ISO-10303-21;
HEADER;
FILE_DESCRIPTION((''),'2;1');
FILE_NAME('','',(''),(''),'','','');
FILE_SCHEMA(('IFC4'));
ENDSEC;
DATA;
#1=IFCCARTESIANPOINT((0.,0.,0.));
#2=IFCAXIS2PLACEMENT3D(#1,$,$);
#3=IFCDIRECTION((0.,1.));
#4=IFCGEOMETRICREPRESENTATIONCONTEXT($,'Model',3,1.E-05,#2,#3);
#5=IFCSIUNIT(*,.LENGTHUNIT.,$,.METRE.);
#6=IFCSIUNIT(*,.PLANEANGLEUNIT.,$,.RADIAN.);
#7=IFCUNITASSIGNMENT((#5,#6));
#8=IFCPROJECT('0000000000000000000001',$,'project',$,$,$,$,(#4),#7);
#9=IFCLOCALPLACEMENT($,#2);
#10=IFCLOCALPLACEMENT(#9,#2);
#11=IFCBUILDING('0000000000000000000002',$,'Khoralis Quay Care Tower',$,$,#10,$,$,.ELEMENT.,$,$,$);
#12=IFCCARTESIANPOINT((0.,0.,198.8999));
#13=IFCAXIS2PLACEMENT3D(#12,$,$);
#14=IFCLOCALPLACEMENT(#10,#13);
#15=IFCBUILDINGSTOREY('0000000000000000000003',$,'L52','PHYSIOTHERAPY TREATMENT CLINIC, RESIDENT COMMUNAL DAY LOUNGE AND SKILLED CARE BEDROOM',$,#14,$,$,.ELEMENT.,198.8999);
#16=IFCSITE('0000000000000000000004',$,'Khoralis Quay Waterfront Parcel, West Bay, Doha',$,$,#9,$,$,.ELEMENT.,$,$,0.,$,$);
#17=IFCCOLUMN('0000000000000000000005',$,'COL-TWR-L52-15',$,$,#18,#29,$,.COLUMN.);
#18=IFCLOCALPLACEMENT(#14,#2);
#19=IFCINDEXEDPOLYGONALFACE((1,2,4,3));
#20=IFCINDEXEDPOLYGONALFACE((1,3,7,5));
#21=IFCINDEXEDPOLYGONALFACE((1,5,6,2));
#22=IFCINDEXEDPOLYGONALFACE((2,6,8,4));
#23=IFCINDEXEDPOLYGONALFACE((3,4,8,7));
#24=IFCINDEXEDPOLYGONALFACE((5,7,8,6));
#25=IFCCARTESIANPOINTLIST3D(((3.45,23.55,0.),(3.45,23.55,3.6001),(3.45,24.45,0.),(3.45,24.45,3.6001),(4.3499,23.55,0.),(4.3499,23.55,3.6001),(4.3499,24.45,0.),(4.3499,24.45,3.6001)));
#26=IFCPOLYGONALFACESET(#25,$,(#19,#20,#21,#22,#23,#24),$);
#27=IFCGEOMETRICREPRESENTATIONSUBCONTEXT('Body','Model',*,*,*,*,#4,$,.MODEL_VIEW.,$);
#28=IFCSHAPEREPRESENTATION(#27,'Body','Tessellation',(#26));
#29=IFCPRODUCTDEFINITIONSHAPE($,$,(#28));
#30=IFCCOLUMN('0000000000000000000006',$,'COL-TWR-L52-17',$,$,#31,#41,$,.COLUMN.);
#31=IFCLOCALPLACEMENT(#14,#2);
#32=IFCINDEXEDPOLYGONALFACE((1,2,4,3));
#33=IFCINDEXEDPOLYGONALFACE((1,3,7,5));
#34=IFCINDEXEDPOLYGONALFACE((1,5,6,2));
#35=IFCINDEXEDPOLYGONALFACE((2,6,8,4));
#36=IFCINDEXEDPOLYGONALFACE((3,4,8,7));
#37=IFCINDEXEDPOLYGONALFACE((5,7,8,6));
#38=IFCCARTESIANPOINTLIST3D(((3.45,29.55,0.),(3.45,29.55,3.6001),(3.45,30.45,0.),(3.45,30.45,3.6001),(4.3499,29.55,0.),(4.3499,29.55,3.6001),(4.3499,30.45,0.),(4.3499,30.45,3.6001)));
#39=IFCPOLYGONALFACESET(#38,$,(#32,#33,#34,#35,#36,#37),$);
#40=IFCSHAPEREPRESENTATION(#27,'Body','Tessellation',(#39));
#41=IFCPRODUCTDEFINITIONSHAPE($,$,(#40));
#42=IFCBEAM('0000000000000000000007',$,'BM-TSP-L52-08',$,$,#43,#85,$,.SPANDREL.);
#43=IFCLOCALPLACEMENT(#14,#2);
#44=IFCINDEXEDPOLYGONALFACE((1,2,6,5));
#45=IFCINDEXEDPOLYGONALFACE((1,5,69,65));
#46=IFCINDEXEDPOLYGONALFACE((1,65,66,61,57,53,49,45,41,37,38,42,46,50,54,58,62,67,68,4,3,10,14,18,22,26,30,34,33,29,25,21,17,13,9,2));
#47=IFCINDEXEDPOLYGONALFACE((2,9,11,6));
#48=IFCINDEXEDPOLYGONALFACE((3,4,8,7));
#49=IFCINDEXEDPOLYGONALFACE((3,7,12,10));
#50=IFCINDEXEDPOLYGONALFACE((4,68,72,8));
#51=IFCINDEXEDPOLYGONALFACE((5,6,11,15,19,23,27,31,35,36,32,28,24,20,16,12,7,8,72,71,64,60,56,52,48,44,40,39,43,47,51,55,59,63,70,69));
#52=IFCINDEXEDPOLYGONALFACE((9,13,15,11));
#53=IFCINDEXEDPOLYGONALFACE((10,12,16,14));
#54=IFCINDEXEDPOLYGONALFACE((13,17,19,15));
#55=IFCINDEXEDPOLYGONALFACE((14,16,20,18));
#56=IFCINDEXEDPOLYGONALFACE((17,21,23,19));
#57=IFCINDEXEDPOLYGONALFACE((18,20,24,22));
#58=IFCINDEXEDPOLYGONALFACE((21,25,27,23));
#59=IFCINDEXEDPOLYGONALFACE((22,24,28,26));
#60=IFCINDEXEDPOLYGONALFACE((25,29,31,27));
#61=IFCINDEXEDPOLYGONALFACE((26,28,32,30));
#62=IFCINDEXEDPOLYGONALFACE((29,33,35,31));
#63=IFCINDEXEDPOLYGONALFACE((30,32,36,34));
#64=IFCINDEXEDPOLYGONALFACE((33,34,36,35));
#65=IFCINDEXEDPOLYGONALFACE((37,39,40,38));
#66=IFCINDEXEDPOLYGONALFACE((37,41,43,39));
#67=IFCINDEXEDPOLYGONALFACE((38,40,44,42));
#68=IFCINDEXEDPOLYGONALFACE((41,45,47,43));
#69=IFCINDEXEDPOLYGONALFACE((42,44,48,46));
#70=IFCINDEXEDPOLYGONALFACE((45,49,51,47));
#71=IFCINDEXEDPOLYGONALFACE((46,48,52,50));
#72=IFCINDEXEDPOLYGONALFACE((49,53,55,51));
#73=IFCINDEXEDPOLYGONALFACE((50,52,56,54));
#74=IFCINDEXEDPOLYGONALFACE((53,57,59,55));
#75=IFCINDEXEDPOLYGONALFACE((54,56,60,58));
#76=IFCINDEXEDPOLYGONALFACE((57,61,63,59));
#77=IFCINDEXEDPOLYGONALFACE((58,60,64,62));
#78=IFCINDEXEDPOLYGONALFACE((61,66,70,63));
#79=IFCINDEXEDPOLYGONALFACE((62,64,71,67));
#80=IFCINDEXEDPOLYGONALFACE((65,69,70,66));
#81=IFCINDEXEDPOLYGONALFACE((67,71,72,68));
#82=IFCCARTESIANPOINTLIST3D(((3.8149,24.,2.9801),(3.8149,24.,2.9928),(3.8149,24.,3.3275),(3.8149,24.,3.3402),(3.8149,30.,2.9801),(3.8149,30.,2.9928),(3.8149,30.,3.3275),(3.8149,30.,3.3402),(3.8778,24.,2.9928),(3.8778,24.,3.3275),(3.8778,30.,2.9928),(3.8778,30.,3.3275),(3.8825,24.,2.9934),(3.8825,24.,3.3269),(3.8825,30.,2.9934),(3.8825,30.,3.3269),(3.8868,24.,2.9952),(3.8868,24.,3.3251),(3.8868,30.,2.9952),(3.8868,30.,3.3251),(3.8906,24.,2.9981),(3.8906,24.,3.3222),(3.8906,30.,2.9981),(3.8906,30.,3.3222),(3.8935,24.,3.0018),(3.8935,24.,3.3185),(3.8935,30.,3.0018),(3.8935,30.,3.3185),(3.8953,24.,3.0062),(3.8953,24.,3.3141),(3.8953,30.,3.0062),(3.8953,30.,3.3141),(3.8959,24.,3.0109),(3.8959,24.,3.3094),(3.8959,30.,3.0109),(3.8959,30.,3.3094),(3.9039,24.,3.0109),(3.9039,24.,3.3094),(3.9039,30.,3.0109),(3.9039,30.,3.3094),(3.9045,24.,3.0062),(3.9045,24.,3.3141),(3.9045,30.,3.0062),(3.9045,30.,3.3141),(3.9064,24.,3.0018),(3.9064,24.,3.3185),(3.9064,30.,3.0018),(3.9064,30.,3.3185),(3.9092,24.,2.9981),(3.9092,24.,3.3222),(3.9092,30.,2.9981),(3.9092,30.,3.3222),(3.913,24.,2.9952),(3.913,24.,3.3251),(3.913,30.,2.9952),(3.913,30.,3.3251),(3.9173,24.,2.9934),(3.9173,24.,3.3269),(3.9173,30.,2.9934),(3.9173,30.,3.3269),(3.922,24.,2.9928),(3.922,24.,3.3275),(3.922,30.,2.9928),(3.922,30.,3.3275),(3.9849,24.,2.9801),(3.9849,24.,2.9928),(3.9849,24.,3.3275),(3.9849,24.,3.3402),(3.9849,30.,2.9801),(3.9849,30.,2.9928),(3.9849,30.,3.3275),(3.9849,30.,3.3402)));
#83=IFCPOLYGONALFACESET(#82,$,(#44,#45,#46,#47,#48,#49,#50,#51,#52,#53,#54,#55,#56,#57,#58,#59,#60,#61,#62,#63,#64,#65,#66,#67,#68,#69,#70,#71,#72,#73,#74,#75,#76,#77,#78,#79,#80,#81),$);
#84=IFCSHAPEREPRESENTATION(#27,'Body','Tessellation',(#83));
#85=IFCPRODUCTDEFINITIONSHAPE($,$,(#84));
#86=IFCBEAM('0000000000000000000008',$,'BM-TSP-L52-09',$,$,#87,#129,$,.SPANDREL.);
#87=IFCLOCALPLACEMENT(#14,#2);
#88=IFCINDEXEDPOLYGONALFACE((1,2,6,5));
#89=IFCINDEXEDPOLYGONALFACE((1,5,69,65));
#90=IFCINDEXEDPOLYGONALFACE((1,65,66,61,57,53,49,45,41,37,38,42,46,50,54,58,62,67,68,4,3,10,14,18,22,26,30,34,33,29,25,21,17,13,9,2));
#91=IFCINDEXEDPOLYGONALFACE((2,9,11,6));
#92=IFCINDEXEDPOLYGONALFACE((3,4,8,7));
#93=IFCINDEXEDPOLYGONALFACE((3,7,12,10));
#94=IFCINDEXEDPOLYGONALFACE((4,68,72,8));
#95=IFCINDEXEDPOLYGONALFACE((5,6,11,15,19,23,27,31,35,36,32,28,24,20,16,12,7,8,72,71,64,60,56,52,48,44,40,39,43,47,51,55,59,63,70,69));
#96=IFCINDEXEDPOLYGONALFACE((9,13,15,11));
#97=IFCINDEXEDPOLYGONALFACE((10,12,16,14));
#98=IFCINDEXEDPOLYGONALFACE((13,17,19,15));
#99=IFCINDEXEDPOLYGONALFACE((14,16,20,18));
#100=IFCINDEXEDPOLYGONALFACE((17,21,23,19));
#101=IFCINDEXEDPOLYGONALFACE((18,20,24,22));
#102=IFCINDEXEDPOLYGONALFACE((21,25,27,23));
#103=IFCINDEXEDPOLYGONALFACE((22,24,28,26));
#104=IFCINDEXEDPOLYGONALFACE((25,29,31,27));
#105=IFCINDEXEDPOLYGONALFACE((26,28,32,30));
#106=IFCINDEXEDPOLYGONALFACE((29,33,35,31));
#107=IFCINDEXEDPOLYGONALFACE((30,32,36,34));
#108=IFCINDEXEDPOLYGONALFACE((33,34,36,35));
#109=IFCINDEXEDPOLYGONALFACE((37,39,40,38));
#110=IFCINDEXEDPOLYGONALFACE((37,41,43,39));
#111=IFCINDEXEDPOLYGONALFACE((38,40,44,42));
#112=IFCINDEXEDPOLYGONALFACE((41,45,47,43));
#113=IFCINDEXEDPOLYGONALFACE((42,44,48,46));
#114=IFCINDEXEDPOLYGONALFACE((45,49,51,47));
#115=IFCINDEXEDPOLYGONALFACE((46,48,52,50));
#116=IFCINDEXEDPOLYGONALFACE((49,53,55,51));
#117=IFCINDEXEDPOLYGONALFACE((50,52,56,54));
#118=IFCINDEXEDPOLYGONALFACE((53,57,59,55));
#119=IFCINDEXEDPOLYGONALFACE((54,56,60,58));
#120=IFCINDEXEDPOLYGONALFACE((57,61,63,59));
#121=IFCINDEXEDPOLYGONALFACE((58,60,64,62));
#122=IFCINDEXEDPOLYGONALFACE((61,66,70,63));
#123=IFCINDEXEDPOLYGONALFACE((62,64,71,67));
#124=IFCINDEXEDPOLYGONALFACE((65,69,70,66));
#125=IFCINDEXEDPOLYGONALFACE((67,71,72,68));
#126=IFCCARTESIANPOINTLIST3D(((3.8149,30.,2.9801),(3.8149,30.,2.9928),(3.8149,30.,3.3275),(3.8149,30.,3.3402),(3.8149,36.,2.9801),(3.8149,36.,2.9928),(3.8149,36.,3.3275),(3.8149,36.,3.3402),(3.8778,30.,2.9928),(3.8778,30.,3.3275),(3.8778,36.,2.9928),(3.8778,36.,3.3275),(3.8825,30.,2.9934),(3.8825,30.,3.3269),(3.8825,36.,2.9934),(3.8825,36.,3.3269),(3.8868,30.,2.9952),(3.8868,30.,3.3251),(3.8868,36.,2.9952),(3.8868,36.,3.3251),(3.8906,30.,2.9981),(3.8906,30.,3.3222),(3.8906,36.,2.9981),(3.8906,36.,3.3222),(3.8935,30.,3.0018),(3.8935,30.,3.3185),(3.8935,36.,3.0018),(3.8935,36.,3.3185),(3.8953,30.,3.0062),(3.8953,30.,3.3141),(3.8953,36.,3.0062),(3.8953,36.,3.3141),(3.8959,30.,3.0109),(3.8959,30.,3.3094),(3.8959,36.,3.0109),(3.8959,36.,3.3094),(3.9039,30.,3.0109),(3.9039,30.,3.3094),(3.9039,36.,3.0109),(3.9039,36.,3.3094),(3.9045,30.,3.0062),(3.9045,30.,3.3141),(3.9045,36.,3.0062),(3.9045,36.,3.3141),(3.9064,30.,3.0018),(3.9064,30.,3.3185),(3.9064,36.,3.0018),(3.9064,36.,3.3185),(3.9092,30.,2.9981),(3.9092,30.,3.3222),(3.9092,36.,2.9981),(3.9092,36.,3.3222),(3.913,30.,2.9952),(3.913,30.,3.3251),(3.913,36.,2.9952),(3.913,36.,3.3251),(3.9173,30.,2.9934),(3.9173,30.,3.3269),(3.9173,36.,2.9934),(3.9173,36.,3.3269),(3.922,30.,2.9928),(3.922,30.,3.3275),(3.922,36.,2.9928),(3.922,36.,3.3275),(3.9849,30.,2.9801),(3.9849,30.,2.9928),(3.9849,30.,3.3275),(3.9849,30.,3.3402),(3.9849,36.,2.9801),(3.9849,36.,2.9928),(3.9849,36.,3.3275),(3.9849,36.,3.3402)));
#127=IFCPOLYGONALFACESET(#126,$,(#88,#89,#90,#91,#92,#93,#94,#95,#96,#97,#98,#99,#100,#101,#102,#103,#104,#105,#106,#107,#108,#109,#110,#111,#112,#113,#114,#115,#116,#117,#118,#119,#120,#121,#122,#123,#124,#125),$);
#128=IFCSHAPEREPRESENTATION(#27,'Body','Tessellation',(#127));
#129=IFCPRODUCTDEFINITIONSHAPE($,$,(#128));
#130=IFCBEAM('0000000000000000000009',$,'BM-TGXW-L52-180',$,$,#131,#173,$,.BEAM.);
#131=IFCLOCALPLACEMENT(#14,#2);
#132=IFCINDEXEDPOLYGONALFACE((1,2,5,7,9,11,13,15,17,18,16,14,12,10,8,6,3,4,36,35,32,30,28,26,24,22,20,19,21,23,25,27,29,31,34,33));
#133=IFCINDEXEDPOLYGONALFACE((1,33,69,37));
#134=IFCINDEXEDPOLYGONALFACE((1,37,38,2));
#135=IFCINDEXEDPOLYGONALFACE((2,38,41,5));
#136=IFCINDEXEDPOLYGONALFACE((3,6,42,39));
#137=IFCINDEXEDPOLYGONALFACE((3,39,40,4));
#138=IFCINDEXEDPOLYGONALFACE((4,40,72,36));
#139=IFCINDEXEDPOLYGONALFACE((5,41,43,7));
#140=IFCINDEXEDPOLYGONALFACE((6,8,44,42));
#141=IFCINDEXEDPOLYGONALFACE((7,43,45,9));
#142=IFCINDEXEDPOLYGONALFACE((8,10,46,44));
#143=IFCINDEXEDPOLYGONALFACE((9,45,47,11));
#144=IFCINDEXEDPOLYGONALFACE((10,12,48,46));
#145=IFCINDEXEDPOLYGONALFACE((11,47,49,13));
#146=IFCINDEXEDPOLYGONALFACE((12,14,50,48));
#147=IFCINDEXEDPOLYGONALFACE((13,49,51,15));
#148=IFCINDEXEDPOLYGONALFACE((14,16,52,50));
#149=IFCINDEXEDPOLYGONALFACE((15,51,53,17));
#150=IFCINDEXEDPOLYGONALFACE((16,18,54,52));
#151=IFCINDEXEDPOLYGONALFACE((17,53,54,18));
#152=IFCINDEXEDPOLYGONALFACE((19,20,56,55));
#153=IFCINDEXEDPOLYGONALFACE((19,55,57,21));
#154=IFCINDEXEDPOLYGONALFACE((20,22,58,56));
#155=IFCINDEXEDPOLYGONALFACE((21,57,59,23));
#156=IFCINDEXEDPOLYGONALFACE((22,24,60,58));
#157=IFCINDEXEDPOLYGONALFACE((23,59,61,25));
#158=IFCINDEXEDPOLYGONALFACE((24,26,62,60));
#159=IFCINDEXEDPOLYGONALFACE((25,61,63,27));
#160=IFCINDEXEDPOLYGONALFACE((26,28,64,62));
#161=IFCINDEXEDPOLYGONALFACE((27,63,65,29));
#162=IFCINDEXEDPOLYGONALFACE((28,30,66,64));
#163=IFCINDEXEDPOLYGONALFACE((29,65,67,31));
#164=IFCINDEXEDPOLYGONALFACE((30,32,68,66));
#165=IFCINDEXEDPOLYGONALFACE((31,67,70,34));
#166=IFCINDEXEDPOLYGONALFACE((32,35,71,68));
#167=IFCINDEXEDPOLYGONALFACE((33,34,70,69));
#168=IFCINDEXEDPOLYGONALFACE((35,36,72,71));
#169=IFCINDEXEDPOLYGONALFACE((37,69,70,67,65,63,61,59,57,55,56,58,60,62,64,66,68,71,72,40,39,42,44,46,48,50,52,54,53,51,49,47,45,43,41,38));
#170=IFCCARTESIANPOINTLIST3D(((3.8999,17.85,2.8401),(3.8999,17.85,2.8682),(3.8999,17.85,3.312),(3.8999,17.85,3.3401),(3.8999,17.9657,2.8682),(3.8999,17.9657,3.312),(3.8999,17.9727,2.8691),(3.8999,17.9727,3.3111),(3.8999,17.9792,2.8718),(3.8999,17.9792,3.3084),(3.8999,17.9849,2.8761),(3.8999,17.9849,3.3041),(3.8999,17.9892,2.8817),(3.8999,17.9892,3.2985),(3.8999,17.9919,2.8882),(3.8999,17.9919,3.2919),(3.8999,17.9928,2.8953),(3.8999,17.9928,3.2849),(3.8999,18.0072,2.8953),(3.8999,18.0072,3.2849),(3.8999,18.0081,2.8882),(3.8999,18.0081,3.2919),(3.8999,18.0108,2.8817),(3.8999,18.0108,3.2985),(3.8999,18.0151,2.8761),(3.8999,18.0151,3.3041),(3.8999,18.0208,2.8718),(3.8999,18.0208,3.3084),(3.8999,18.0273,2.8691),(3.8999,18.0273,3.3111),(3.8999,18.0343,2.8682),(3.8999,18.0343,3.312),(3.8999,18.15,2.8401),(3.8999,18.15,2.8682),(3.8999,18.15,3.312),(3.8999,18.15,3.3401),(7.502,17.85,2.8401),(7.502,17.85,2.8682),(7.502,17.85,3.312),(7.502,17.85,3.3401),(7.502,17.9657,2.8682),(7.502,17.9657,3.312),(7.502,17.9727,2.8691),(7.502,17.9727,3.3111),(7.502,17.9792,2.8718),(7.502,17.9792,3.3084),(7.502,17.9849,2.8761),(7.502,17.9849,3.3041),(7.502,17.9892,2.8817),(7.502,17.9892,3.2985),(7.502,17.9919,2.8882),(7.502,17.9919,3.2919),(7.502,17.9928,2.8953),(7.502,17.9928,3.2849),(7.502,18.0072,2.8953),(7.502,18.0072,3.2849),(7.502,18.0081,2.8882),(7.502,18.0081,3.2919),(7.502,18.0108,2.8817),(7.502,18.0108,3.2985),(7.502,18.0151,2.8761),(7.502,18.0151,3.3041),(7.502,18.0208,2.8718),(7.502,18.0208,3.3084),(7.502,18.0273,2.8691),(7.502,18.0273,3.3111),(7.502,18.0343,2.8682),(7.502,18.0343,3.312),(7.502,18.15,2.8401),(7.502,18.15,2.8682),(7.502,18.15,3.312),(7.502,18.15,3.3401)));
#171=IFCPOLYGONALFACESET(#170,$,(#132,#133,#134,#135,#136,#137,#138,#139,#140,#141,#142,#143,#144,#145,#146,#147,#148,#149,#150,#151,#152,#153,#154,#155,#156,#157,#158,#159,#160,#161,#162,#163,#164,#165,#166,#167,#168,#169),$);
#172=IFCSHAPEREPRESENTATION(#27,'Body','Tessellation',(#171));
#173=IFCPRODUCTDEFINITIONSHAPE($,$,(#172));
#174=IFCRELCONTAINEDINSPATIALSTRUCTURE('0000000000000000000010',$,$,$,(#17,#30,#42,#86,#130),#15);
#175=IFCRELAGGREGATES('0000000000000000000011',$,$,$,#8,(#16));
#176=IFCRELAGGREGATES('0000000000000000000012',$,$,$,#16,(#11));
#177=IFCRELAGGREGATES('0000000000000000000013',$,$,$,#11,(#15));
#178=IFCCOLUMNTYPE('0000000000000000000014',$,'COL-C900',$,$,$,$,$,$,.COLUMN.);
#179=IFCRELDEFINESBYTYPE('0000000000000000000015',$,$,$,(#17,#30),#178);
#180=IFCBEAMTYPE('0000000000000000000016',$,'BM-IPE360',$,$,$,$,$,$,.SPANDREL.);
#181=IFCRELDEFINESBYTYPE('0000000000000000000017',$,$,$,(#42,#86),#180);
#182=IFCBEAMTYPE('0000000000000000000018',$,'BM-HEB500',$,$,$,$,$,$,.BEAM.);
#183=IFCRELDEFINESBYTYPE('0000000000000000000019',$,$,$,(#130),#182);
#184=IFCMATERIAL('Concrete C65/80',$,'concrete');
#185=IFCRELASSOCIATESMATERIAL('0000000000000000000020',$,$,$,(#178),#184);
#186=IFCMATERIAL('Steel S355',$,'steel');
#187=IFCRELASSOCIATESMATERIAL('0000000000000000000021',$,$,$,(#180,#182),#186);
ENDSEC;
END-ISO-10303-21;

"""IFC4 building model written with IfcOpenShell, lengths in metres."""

from ifc_helpers import new_model, si_unit, direction, frame, origin, origin_2d, place, context, subcontext, project, spatial, rectangle, i_section, extrude, source, transform, mapped, material, material_profile, profile_set, type_object, element, save


model = new_model("IFC4")

# Units and contexts
model_context = context("Model", 3, precision=1e-05, world=origin(), true_north=direction((0.0, 1.0)))
body_context = subcontext(model_context, "Body", "Model", "MODEL_VIEW")
ifc_project = project(units=[si_unit("LENGTHUNIT", "METRE"), si_unit("PLANEANGLEUNIT", "RADIAN")], contexts=[model_context])

# Site, building, storey
site_placement = place(None, origin())
site = spatial("IfcSite", under=ifc_project, at=site_placement, Name="Khoralis Quay Waterfront Parcel, West Bay, Doha", CompositionType="ELEMENT", RefElevation=0.0)
building_placement = place(site_placement, origin())
building = spatial("IfcBuilding", under=site, at=building_placement, Name="Khoralis Quay Care Tower", CompositionType="ELEMENT")
storey_placement = place(building_placement, frame((0.0, 0.0, 198.8999)))
storey = spatial("IfcBuildingStorey", under=building, at=storey_placement, Name="L52", Description="PHYSIOTHERAPY TREATMENT CLINIC, RESIDENT COMMUNAL DAY LOUNGE AND SKILLED CARE BEDROOM", CompositionType="ELEMENT", Elevation=198.8999)

# Columns
ifc_material_1 = material(Name="Concrete C65/80", Category="concrete")
ifc_material_profile_1 = material_profile(ifc_material_1, rectangle(XDim=0.8999, YDim=0.8999, at=origin_2d()), Name="Concrete C65/80")
ifc_profile_set_1 = profile_set([ifc_material_profile_1], Name="Concrete C65/80")
column_type = type_object("IfcColumnType", Name="COL-C900", PredefinedType="COLUMN", material=ifc_profile_set_1)
shared_shape_1 = source(origin(), body_context, "Body", "SweptSolid", [
    extrude(rectangle(XDim=0.8999, YDim=0.8999, at=origin_2d()), origin(), (0.0, 0.0, 1.0), 3.6001),
])
for number, where, z_axis, x_axis, name in (
    (1, (3.8999, 24.0, 0.0), (0.0, 0.0, 1.0), (1.0, 0.0, 0.0), "COL-TWR-L52-15"),
    (2, (3.8999, 30.0, 0.0), (0.0, 0.0, 1.0), (1.0, 0.0, 0.0), "COL-TWR-L52-17"),
):
    element("IfcColumn", number, at=place(storey_placement, frame(where, z_axis=z_axis, x_axis=x_axis)), inside=storey, type_object=column_type, Name=name, PredefinedType="COLUMN", context=body_context, shape_type="MappedRepresentation", body=[
        mapped(shared_shape_1, transform((0.0, 0.0, 0.0), scale=1.0)),
    ])

# Beams
ifc_material_2 = material(Name="Steel S355", Category="steel")
ifc_material_profile_2 = material_profile(ifc_material_2, i_section(OverallWidth=0.1699, OverallDepth=0.3601, WebThickness=0.0081, FlangeThickness=0.0127, FilletRadius=0.0181, at=origin_2d()), Name="Steel S355")
ifc_profile_set_2 = profile_set([ifc_material_profile_2], Name="Steel S355")
beam_type_1 = type_object("IfcBeamType", Name="BM-IPE360", PredefinedType="SPANDREL", material=ifc_profile_set_2)
shared_shape_2 = source(origin(), body_context, "Body", "SweptSolid", [
    extrude(i_section(OverallWidth=0.1699, OverallDepth=0.3601, WebThickness=0.0081, FlangeThickness=0.0127, FilletRadius=0.0181, at=origin_2d()), origin(), (0.0, 0.0, 1.0), 6.0),
])
for number, where, z_axis, x_axis, name in (
    (3, (3.8999, 24.0, 3.1602), (0.0, 1.0, 0.0), (-1.0, 0.0, 0.0), "BM-TSP-L52-08"),
    (4, (3.8999, 30.0, 3.1602), (0.0, 1.0, 0.0), (-1.0, 0.0, 0.0), "BM-TSP-L52-09"),
):
    element("IfcBeam", number, at=place(storey_placement, frame(where, z_axis=z_axis, x_axis=x_axis)), inside=storey, type_object=beam_type_1, Name=name, PredefinedType="SPANDREL", context=body_context, shape_type="MappedRepresentation", body=[
        mapped(shared_shape_2, transform((0.0, 0.0, 0.0), scale=1.0)),
    ])
ifc_material_profile_3 = material_profile(ifc_material_2, i_section(OverallWidth=0.3, OverallDepth=0.5, WebThickness=0.0144, FlangeThickness=0.0281, FilletRadius=0.0271, at=origin_2d()), Name="Steel S355")
ifc_profile_set_3 = profile_set([ifc_material_profile_3], Name="Steel S355")
beam_type_2 = type_object("IfcBeamType", Name="BM-HEB500", PredefinedType="BEAM", material=ifc_profile_set_3)
shared_shape_3 = source(origin(), body_context, "Body", "SweptSolid", [
    extrude(i_section(OverallWidth=0.3, OverallDepth=0.5, WebThickness=0.0144, FlangeThickness=0.0281, FilletRadius=0.0271, at=origin_2d()), origin(), (0.0, 0.0, 1.0), 3.6021),
])
for number, where, z_axis, x_axis, name in (
    (5, (3.8999, 18.0, 3.0901), (1.0, 0.0, 0.0), (0.0, 1.0, 0.0), "BM-TGXW-L52-180"),
):
    element("IfcBeam", number, at=place(storey_placement, frame(where, z_axis=z_axis, x_axis=x_axis)), inside=storey, type_object=beam_type_2, Name=name, PredefinedType="BEAM", context=body_context, shape_type="MappedRepresentation", body=[
        mapped(shared_shape_3, transform((0.0, 0.0, 0.0), scale=1.0)),
    ])

save(model, "model.ifc")
